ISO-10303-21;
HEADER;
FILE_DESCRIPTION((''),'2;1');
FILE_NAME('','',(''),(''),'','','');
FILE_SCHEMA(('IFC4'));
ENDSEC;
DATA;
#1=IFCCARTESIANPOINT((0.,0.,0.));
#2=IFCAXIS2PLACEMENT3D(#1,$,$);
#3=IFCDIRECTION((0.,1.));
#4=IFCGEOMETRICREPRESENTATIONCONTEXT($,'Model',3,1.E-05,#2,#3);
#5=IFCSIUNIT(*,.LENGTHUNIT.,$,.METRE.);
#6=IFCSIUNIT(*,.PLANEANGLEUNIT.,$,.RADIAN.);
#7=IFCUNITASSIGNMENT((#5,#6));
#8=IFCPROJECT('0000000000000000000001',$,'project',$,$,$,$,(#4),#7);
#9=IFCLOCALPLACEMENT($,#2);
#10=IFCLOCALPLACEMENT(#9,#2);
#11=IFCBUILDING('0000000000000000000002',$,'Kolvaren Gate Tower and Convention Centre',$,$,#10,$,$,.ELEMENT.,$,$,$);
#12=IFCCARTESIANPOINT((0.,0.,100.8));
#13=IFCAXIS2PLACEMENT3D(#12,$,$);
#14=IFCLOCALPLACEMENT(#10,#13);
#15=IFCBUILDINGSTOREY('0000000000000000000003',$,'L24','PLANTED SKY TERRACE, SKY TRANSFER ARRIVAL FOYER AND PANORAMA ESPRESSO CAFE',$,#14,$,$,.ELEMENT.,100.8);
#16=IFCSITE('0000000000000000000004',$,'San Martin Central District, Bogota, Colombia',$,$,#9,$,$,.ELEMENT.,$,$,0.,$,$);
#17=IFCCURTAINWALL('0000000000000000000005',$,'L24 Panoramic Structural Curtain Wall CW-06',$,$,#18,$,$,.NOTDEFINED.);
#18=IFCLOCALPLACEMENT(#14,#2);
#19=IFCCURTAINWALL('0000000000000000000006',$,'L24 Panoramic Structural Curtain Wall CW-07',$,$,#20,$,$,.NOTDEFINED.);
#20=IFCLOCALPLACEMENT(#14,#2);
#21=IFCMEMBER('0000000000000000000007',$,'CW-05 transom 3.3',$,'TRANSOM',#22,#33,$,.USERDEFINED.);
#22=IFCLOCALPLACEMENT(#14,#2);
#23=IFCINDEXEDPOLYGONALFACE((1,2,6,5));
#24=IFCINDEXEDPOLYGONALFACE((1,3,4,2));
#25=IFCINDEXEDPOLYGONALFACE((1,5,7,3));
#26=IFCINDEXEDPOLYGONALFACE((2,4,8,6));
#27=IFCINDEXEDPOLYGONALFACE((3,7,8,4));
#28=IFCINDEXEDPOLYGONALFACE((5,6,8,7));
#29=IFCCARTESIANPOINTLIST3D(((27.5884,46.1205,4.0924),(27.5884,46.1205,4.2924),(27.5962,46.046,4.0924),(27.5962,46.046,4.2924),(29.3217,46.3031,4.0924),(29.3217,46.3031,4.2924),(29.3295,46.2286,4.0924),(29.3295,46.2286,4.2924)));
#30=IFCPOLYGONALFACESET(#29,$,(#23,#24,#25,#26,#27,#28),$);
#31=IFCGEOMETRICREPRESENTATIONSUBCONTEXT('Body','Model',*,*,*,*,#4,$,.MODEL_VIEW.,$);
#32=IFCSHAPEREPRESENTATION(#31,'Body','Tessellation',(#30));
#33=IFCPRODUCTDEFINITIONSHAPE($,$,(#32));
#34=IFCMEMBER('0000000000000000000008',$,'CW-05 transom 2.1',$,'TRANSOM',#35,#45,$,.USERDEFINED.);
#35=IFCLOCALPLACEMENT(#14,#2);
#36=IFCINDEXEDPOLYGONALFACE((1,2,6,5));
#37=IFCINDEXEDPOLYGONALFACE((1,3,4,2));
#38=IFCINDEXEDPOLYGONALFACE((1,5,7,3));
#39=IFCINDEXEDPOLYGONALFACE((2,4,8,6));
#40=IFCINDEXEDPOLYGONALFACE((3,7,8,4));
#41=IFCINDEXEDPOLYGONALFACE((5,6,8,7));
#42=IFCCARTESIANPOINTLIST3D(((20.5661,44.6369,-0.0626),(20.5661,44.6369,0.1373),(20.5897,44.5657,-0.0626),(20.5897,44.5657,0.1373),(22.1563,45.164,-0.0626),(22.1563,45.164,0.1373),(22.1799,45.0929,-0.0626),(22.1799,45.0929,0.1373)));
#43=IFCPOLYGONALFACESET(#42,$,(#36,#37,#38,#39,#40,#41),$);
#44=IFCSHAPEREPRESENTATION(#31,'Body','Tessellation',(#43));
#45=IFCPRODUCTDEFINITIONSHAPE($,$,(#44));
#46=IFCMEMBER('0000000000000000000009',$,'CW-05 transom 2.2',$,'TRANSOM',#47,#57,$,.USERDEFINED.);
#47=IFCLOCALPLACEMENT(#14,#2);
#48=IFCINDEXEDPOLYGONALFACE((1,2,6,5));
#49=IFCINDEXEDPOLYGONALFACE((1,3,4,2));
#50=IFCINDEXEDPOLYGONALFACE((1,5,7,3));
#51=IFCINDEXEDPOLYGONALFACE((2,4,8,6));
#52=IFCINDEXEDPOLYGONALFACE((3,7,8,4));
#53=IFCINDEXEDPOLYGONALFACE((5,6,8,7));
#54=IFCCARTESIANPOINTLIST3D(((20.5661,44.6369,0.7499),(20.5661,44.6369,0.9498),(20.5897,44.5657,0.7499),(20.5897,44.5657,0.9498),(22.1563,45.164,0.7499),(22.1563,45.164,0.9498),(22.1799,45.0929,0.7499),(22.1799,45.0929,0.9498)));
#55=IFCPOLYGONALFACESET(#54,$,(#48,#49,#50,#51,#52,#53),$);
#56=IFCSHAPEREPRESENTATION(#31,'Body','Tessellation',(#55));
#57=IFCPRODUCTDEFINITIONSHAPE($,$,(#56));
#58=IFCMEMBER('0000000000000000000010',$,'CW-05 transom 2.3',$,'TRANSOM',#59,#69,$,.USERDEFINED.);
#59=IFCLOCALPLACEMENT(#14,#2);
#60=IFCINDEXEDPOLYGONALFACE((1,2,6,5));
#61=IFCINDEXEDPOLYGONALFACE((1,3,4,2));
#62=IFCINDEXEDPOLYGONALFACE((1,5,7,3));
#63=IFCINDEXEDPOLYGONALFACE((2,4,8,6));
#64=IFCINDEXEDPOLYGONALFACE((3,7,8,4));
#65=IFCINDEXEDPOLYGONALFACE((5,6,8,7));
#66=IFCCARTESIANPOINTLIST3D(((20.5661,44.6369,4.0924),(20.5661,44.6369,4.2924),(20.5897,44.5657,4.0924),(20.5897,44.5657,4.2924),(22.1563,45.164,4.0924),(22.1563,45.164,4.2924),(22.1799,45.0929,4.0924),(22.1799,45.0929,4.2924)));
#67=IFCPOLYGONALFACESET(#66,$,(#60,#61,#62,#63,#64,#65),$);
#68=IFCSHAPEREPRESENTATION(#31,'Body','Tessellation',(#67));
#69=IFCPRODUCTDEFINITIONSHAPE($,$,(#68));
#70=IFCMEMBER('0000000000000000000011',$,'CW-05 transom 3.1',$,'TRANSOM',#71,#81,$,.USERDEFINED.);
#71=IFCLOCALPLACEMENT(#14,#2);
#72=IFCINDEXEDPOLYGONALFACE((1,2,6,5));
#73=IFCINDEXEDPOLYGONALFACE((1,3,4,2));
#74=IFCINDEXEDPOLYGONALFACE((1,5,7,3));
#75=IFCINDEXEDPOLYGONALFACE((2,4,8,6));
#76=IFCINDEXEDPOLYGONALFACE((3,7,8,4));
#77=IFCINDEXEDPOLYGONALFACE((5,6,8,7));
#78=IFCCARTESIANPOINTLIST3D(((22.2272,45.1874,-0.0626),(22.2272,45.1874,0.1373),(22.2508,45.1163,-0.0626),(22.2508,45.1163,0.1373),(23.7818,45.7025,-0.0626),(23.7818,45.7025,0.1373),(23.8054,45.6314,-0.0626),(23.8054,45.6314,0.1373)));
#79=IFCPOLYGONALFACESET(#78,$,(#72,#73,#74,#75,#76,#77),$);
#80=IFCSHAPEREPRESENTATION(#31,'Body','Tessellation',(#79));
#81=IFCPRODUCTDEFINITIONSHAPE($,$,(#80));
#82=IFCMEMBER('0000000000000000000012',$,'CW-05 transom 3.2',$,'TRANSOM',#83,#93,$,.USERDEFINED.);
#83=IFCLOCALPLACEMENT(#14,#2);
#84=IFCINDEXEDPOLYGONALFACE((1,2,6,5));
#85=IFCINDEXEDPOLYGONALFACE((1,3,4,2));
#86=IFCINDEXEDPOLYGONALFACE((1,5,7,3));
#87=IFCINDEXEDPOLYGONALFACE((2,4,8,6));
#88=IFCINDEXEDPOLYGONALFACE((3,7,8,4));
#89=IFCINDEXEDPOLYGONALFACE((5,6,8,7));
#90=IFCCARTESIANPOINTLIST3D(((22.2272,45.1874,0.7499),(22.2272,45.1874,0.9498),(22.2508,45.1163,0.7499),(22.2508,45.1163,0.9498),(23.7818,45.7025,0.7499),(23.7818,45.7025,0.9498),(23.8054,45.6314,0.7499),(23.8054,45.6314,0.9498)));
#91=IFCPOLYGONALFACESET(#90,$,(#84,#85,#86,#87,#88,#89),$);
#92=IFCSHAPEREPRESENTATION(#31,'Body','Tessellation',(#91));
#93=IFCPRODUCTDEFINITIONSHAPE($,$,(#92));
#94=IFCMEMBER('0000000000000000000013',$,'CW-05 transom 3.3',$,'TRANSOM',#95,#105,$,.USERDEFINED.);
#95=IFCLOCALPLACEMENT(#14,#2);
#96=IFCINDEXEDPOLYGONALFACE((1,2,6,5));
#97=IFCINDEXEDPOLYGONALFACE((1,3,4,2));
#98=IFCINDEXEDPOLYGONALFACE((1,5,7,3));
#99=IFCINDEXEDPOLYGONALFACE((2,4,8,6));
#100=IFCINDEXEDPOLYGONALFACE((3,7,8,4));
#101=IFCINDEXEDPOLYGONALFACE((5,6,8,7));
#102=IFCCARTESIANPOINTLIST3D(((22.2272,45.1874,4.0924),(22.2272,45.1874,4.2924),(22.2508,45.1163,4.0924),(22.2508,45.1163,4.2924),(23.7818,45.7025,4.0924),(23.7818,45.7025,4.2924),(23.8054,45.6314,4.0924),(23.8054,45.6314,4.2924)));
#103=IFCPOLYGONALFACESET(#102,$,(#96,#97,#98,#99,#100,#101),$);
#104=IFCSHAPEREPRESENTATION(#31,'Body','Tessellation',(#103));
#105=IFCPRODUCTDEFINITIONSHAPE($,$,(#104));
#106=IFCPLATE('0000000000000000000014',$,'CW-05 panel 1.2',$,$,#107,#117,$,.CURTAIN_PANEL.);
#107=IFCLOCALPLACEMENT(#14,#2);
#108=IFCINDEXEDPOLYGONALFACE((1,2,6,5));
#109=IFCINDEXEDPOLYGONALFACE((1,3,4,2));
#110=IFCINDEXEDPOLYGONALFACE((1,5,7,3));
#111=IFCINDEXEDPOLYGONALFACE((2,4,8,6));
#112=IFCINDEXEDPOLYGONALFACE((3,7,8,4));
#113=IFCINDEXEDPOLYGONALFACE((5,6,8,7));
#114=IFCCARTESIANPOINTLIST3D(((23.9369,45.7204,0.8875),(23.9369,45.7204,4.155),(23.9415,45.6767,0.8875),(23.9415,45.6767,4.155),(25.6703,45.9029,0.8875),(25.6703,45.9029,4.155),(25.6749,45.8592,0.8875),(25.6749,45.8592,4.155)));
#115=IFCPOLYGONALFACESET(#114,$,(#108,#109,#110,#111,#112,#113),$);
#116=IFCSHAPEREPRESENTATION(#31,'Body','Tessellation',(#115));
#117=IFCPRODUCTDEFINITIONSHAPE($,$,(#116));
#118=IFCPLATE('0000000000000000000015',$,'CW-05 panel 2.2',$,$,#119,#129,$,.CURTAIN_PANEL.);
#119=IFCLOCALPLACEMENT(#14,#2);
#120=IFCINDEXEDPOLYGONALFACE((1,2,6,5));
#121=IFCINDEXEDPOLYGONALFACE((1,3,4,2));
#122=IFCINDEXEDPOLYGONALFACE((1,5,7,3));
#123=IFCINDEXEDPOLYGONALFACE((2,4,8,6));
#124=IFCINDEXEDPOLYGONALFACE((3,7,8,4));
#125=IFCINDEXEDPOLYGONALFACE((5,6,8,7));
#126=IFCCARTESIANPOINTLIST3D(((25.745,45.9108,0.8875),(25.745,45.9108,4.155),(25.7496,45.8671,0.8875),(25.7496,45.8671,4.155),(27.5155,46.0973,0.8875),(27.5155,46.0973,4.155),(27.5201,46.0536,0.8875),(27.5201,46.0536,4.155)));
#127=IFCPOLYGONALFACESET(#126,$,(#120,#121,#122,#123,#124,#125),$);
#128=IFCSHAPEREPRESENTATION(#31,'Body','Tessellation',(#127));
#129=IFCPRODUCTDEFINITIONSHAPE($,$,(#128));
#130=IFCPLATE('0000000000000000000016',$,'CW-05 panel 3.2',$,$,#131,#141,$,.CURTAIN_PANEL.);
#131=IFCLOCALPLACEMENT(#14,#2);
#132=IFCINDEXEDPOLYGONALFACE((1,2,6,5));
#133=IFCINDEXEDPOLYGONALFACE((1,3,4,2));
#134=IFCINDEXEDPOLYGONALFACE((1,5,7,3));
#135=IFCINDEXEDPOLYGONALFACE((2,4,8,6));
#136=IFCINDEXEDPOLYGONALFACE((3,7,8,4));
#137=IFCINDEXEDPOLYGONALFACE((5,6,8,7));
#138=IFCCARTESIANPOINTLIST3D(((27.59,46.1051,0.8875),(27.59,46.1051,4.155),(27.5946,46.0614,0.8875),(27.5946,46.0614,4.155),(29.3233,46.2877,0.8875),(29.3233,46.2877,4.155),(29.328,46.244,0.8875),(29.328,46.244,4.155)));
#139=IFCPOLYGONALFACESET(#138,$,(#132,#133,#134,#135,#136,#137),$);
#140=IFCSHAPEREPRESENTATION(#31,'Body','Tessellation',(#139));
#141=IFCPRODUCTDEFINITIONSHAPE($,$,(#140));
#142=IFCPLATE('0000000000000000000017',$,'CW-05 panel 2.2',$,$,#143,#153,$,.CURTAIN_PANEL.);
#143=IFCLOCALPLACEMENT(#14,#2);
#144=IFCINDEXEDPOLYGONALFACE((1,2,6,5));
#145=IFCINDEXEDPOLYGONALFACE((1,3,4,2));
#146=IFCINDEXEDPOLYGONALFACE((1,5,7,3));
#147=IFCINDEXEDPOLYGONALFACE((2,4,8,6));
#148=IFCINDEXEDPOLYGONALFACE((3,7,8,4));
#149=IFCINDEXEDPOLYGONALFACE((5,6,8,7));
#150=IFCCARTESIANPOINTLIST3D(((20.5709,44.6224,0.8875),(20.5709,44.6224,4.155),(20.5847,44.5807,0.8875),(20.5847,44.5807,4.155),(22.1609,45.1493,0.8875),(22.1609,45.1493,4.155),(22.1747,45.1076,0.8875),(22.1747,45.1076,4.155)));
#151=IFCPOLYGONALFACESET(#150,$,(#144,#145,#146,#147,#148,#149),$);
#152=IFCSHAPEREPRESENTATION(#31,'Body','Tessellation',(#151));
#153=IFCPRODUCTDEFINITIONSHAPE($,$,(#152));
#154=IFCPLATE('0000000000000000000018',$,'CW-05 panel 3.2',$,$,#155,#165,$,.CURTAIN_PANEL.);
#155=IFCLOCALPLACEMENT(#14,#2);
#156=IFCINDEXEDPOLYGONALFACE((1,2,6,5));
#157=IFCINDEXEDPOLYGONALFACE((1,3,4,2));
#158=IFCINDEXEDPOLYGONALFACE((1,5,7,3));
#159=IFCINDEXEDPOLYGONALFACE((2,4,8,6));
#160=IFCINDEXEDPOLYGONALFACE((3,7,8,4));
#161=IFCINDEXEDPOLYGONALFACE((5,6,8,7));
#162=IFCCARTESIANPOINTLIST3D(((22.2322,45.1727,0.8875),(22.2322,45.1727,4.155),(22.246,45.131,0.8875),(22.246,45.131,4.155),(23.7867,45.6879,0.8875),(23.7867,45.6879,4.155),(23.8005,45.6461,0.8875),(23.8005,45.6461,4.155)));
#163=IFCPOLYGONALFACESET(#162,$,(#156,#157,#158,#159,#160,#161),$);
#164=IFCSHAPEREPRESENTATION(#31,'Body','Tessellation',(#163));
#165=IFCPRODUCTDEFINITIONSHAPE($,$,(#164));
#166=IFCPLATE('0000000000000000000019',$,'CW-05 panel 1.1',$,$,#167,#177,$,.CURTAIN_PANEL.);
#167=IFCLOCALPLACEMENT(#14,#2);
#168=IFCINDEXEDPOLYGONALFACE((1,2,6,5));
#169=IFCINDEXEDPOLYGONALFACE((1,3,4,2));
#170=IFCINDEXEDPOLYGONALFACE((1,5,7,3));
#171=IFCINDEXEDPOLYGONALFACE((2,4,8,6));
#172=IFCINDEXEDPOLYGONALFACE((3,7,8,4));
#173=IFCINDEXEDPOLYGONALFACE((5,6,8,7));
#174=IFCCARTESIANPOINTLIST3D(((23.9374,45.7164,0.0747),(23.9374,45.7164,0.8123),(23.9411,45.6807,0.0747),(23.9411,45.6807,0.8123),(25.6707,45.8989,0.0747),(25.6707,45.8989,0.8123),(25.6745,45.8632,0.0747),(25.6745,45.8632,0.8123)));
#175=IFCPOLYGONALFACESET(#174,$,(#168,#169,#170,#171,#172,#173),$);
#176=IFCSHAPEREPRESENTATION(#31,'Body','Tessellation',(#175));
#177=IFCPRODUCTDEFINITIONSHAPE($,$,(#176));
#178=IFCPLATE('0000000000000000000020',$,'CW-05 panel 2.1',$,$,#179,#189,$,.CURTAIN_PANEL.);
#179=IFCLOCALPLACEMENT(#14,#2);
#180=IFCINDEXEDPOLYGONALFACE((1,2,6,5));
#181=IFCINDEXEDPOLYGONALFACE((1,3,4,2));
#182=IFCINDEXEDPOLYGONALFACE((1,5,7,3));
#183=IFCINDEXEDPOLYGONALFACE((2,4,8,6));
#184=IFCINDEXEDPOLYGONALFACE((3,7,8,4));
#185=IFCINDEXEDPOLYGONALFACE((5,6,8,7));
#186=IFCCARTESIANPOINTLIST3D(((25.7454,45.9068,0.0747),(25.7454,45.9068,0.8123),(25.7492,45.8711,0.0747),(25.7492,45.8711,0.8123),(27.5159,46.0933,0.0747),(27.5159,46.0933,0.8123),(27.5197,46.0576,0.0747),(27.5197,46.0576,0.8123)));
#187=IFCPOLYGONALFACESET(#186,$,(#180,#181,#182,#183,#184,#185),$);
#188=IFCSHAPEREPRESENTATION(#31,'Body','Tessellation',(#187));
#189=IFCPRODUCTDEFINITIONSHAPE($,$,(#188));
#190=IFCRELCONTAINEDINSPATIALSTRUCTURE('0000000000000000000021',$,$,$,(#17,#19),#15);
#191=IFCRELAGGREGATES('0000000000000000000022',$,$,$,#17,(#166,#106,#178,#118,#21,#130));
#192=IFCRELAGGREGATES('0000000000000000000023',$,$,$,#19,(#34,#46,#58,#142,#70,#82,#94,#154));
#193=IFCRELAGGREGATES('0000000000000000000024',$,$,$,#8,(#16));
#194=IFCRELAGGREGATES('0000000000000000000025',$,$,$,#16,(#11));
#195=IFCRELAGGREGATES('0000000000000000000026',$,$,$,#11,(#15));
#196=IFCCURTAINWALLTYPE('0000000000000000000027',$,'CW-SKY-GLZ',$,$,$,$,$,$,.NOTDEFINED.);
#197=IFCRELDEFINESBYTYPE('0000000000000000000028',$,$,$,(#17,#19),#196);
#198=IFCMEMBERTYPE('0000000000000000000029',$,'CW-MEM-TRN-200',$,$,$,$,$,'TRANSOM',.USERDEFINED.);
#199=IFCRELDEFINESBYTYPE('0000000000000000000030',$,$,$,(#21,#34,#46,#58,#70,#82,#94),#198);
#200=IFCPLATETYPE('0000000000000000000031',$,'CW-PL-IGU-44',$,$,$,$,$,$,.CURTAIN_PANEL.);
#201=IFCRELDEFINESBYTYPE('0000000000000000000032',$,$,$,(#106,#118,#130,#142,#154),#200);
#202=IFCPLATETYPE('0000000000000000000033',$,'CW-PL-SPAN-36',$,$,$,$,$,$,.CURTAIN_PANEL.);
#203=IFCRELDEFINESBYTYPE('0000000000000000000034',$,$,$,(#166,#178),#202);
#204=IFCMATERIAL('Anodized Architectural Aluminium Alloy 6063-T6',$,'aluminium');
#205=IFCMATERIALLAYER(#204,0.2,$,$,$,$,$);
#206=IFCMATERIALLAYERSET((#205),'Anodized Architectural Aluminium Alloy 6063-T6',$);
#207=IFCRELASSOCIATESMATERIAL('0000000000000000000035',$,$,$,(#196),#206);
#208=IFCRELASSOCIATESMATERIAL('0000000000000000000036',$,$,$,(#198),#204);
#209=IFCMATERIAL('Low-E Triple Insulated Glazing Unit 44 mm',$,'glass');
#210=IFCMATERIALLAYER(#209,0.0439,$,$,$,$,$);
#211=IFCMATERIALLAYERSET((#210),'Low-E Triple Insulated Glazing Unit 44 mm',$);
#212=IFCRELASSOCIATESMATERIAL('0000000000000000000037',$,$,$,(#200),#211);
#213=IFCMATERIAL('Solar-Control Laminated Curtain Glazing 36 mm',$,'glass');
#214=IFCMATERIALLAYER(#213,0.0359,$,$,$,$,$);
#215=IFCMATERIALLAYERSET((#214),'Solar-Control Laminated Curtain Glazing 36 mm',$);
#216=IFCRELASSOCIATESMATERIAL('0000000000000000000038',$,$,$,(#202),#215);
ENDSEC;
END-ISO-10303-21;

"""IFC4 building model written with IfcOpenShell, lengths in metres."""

from ifc_helpers import new_model, si_unit, direction, frame, origin, origin_2d, place, context, subcontext, project, spatial, rectangle, extrude, material, layer, layer_set, material_profile, profile_set, type_object, element, aggregate, save


model = new_model("IFC4")

# Units and contexts
model_context = context("Model", 3, precision=1e-05, world=origin(), true_north=direction((0.0, 1.0)))
body_context = subcontext(model_context, "Body", "Model", "MODEL_VIEW")
ifc_project = project(units=[si_unit("LENGTHUNIT", "METRE"), si_unit("PLANEANGLEUNIT", "RADIAN")], contexts=[model_context])

# Site, building, storey
site_placement = place(None, origin())
site = spatial("IfcSite", under=ifc_project, at=site_placement, Name="San Martin Central District, Bogota, Colombia", CompositionType="ELEMENT", RefElevation=0.0)
building_placement = place(site_placement, origin())
building = spatial("IfcBuilding", under=site, at=building_placement, Name="Kolvaren Gate Tower and Convention Centre", CompositionType="ELEMENT")
storey_placement = place(building_placement, frame((0.0, 0.0, 100.8)))
storey = spatial("IfcBuildingStorey", under=building, at=storey_placement, Name="L24", Description="PLANTED SKY TERRACE, SKY TRANSFER ARRIVAL FOYER AND PANORAMA ESPRESSO CAFE", CompositionType="ELEMENT", Elevation=100.8)

# Curtain walls
ifc_material_1 = material(Name="Anodized Architectural Aluminium Alloy 6063-T6", Category="aluminium")
ifc_layer_1 = layer(ifc_material_1, 0.2)
ifc_layer_set_1 = layer_set([ifc_layer_1], Name="Anodized Architectural Aluminium Alloy 6063-T6")
curtain_wall_type = type_object("IfcCurtainWallType", Name="CW-SKY-GLZ", PredefinedType="NOTDEFINED", material=ifc_layer_set_1)
curtain_wall_1_placement = place(storey_placement, origin())
curtain_wall_1 = element("IfcCurtainWall", 1, at=curtain_wall_1_placement, inside=storey, type_object=curtain_wall_type, Name="L24 Panoramic Structural Curtain Wall CW-06", PredefinedType="NOTDEFINED")
curtain_wall_2_placement = place(storey_placement, origin())
curtain_wall_2 = element("IfcCurtainWall", 2, at=curtain_wall_2_placement, inside=storey, type_object=curtain_wall_type, Name="L24 Panoramic Structural Curtain Wall CW-07", PredefinedType="NOTDEFINED")

# Members
ifc_material_profile_1 = material_profile(ifc_material_1, rectangle(XDim=0.075, YDim=0.2, at=origin_2d()), Name="CW-MEM-TRN-200")
ifc_profile_set_1 = profile_set([ifc_material_profile_1], Name="Anodized Architectural Aluminium Alloy 6063-T6")
member_type_1 = type_object("IfcMemberType", Name="CW-MEM-TRN-200", ElementType="TRANSOM", PredefinedType="USERDEFINED", material=ifc_profile_set_1)
member_1_placement = place(storey_placement, frame((27.5923, 46.0833, 4.1924), z_axis=(0.994496, 0.104772, 0.0), x_axis=(-0.104772, 0.994496, 0.0)))
member_1 = element("IfcMember", 3, at=member_1_placement, type_object=member_type_1, Name="CW-05 transom 3.3", ObjectType="TRANSOM", PredefinedType="USERDEFINED", context=body_context, shape_type="SweptSolid", body=[
    extrude(rectangle(XDim=0.075, YDim=0.2, at=origin_2d()), origin(), (0.0, 0.0, 1.0), 1.7429),
])
member_2_placement = place(storey_placement, frame((20.5779, 44.6013, 0.0374), z_axis=(0.949207, 0.314653, 0.0), x_axis=(-0.314653, 0.949207, 0.0)))
member_2 = element("IfcMember", 4, at=member_2_placement, type_object=member_type_1, Name="CW-05 transom 2.1", ObjectType="TRANSOM", PredefinedType="USERDEFINED", context=body_context, shape_type="SweptSolid", body=[
    extrude(rectangle(XDim=0.075, YDim=0.2, at=origin_2d()), origin(), (0.0, 0.0, 1.0), 1.6753),
])
member_3_placement = place(storey_placement, frame((20.5779, 44.6013, 0.8499), z_axis=(0.949207, 0.314653, 0.0), x_axis=(-0.314653, 0.949207, 0.0)))
member_3 = element("IfcMember", 5, at=member_3_placement, type_object=member_type_1, Name="CW-05 transom 2.2", ObjectType="TRANSOM", PredefinedType="USERDEFINED", context=body_context, shape_type="SweptSolid", body=[
    extrude(rectangle(XDim=0.075, YDim=0.2, at=origin_2d()), origin(), (0.0, 0.0, 1.0), 1.6753),
])
member_4_placement = place(storey_placement, frame((20.5779, 44.6013, 4.1924), z_axis=(0.949207, 0.314653, 0.0), x_axis=(-0.314653, 0.949207, 0.0)))
member_4 = element("IfcMember", 6, at=member_4_placement, type_object=member_type_1, Name="CW-05 transom 2.3", ObjectType="TRANSOM", PredefinedType="USERDEFINED", context=body_context, shape_type="SweptSolid", body=[
    extrude(rectangle(XDim=0.075, YDim=0.2, at=origin_2d()), origin(), (0.0, 0.0, 1.0), 1.6753),
])
member_5_placement = place(storey_placement, frame((22.239, 45.1519, 0.0374), z_axis=(0.949248, 0.314528, 0.0), x_axis=(-0.314528, 0.949248, 0.0)))
member_5 = element("IfcMember", 7, at=member_5_placement, type_object=member_type_1, Name="CW-05 transom 3.1", ObjectType="TRANSOM", PredefinedType="USERDEFINED", context=body_context, shape_type="SweptSolid", body=[
    extrude(rectangle(XDim=0.075, YDim=0.2, at=origin_2d()), origin(), (0.0, 0.0, 1.0), 1.6377),
])
member_6_placement = place(storey_placement, frame((22.239, 45.1519, 0.8499), z_axis=(0.949248, 0.314528, 0.0), x_axis=(-0.314528, 0.949248, 0.0)))
member_6 = element("IfcMember", 8, at=member_6_placement, type_object=member_type_1, Name="CW-05 transom 3.2", ObjectType="TRANSOM", PredefinedType="USERDEFINED", context=body_context, shape_type="SweptSolid", body=[
    extrude(rectangle(XDim=0.075, YDim=0.2, at=origin_2d()), origin(), (0.0, 0.0, 1.0), 1.6377),
])
member_7_placement = place(storey_placement, frame((22.239, 45.1519, 4.1924), z_axis=(0.949248, 0.314528, 0.0), x_axis=(-0.314528, 0.949248, 0.0)))
member_7 = element("IfcMember", 9, at=member_7_placement, type_object=member_type_1, Name="CW-05 transom 3.3", ObjectType="TRANSOM", PredefinedType="USERDEFINED", context=body_context, shape_type="SweptSolid", body=[
    extrude(rectangle(XDim=0.075, YDim=0.2, at=origin_2d()), origin(), (0.0, 0.0, 1.0), 1.6377),
])

# Plates
ifc_material_2 = material(Name="Low-E Triple Insulated Glazing Unit 44 mm", Category="glass")
ifc_layer_2 = layer(ifc_material_2, 0.0439)
ifc_layer_set_2 = layer_set([ifc_layer_2], Name="Low-E Triple Insulated Glazing Unit 44 mm")
plate_type_1 = type_object("IfcPlateType", Name="CW-PL-IGU-44", PredefinedType="CURTAIN_PANEL", material=ifc_layer_set_2)
plate_1_placement = place(storey_placement, frame((24.8059, 45.7898, 0.8875), z_axis=(0.0, 0.0, 1.0), x_axis=(0.994499, 0.104743, 0.0)))
plate_1 = element("IfcPlate", 10, at=plate_1_placement, type_object=plate_type_1, Name="CW-05 panel 1.2", PredefinedType="CURTAIN_PANEL", context=body_context, shape_type="SweptSolid", body=[
    extrude(rectangle(XDim=1.7429, YDim=0.0439, at=origin_2d()), origin(), (0.0, 0.0, 1.0), 3.2676),
])
plate_2_placement = place(storey_placement, frame((26.6326, 45.9822, 0.8875), z_axis=(0.0, 0.0, 1.0), x_axis=(0.994499, 0.104743, 0.0)))
plate_2 = element("IfcPlate", 11, at=plate_2_placement, type_object=plate_type_1, Name="CW-05 panel 2.2", PredefinedType="CURTAIN_PANEL", context=body_context, shape_type="SweptSolid", body=[
    extrude(rectangle(XDim=1.7803, YDim=0.0439, at=origin_2d()), origin(), (0.0, 0.0, 1.0), 3.2676),
])
plate_3_placement = place(storey_placement, frame((28.459, 46.1746, 0.8875), z_axis=(0.0, 0.0, 1.0), x_axis=(0.994499, 0.104743, 0.0)))
plate_3 = element("IfcPlate", 12, at=plate_3_placement, type_object=plate_type_1, Name="CW-05 panel 3.2", PredefinedType="CURTAIN_PANEL", context=body_context, shape_type="SweptSolid", body=[
    extrude(rectangle(XDim=1.7429, YDim=0.0439, at=origin_2d()), origin(), (0.0, 0.0, 1.0), 3.2676),
])
plate_4_placement = place(storey_placement, frame((21.3728, 44.865, 0.8875), z_axis=(0.0, 0.0, 1.0), x_axis=(0.949236, 0.314565, 0.0)))
plate_4 = element("IfcPlate", 13, at=plate_4_placement, type_object=plate_type_1, Name="CW-05 panel 2.2", PredefinedType="CURTAIN_PANEL", context=body_context, shape_type="SweptSolid", body=[
    extrude(rectangle(XDim=1.675, YDim=0.0439, at=origin_2d()), origin(), (0.0, 0.0, 1.0), 3.2676),
])
plate_5_placement = place(storey_placement, frame((23.0164, 45.4094, 0.8875), z_axis=(0.0, 0.0, 1.0), x_axis=(0.949236, 0.314565, 0.0)))
plate_5 = element("IfcPlate", 14, at=plate_5_placement, type_object=plate_type_1, Name="CW-05 panel 3.2", PredefinedType="CURTAIN_PANEL", context=body_context, shape_type="SweptSolid", body=[
    extrude(rectangle(XDim=1.6377, YDim=0.0439, at=origin_2d()), origin(), (0.0, 0.0, 1.0), 3.2676),
])
ifc_material_3 = material(Name="Solar-Control Laminated Curtain Glazing 36 mm", Category="glass")
ifc_layer_3 = layer(ifc_material_3, 0.0359)
ifc_layer_set_3 = layer_set([ifc_layer_3], Name="Solar-Control Laminated Curtain Glazing 36 mm")
plate_type_2 = type_object("IfcPlateType", Name="CW-PL-SPAN-36", PredefinedType="CURTAIN_PANEL", material=ifc_layer_set_3)
plate_6_placement = place(storey_placement, frame((24.8059, 45.7898, 0.0747), z_axis=(0.0, 0.0, 1.0), x_axis=(0.994499, 0.104743, 0.0)))
plate_6 = element("IfcPlate", 15, at=plate_6_placement, type_object=plate_type_2, Name="CW-05 panel 1.1", PredefinedType="CURTAIN_PANEL", context=body_context, shape_type="SweptSolid", body=[
    extrude(rectangle(XDim=1.7429, YDim=0.0359, at=origin_2d()), origin(), (0.0, 0.0, 1.0), 0.7375),
])
plate_7_placement = place(storey_placement, frame((26.6326, 45.9822, 0.0747), z_axis=(0.0, 0.0, 1.0), x_axis=(0.994499, 0.104743, 0.0)))
plate_7 = element("IfcPlate", 16, at=plate_7_placement, type_object=plate_type_2, Name="CW-05 panel 2.1", PredefinedType="CURTAIN_PANEL", context=body_context, shape_type="SweptSolid", body=[
    extrude(rectangle(XDim=1.7803, YDim=0.0359, at=origin_2d()), origin(), (0.0, 0.0, 1.0), 0.7375),
])
aggregate(curtain_wall_1, [plate_6, plate_1, plate_7, plate_2, member_1, plate_3])
aggregate(curtain_wall_2, [member_2, member_3, member_4, plate_4, member_5, member_6, member_7, plate_5])

save(model, "model.ifc")
